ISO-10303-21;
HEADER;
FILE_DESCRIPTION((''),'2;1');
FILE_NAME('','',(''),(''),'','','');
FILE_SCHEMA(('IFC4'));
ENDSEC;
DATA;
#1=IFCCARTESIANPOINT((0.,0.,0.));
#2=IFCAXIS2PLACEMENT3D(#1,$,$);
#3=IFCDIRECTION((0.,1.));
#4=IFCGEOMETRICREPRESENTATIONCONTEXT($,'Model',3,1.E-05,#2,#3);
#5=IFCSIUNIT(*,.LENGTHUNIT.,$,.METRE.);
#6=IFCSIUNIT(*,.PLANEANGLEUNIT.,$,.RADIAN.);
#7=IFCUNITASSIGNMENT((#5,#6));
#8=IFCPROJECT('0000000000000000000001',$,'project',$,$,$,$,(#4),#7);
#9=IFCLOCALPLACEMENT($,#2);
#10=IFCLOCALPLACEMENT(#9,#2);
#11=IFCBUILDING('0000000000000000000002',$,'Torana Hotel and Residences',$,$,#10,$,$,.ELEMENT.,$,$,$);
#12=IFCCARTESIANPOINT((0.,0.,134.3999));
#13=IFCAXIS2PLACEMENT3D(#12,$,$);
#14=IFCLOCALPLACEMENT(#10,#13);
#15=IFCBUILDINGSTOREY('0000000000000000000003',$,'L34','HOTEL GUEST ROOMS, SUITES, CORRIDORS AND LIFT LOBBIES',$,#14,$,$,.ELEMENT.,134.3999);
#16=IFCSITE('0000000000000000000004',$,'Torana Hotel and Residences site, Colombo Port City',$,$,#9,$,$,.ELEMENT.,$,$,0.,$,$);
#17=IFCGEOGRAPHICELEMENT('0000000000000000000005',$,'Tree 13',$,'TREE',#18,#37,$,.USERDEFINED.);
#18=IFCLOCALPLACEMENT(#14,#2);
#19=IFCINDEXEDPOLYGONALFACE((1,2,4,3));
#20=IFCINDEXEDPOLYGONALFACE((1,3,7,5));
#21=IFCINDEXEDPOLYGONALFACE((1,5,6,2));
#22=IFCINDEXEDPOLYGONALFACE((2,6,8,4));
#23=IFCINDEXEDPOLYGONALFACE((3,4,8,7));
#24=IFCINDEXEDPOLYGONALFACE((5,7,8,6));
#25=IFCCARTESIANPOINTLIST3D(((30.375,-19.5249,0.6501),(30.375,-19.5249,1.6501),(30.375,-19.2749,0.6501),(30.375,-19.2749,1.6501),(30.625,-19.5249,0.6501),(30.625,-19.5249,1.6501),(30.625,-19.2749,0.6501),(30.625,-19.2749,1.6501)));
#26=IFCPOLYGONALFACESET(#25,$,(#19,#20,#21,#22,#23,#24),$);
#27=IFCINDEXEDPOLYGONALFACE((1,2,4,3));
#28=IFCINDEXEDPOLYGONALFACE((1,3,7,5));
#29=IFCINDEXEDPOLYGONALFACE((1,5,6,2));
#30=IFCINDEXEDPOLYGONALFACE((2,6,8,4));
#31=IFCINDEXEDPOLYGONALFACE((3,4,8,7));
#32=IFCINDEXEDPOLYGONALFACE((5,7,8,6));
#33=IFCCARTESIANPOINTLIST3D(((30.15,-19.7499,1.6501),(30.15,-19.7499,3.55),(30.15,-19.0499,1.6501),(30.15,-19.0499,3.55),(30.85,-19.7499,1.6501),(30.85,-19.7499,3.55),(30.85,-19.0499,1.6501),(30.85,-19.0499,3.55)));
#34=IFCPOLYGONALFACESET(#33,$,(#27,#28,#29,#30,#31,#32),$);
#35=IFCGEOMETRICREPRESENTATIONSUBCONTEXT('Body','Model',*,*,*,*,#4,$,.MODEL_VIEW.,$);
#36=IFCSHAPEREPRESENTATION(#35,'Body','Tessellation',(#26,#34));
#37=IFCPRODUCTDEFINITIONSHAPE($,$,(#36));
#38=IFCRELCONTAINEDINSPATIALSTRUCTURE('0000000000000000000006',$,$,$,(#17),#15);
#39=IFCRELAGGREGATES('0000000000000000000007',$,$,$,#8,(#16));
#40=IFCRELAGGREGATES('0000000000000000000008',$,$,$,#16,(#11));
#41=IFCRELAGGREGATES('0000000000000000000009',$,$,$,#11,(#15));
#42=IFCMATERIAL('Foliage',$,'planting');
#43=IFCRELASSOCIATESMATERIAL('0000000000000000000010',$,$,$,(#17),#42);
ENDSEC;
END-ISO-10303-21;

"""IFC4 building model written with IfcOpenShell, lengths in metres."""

from ifc_helpers import new_model, si_unit, direction, frame, origin, origin_2d, place, context, subcontext, project, spatial, rectangle, extrude, material, element, save


model = new_model("IFC4")

# Units and contexts
model_context = context("Model", 3, precision=1e-05, world=origin(), true_north=direction((0.0, 1.0)))
body_context = subcontext(model_context, "Body", "Model", "MODEL_VIEW")
ifc_project = project(units=[si_unit("LENGTHUNIT", "METRE"), si_unit("PLANEANGLEUNIT", "RADIAN")], contexts=[model_context])

# Site, building, storey
site_placement = place(None, origin())
site = spatial("IfcSite", under=ifc_project, at=site_placement, Name="Torana Hotel and Residences site, Colombo Port City", CompositionType="ELEMENT", RefElevation=0.0)
building_placement = place(site_placement, origin())
building = spatial("IfcBuilding", under=site, at=building_placement, Name="Torana Hotel and Residences", CompositionType="ELEMENT")
storey_placement = place(building_placement, frame((0.0, 0.0, 134.3999)))
storey = spatial("IfcBuildingStorey", under=building, at=storey_placement, Name="L34", Description="HOTEL GUEST ROOMS, SUITES, CORRIDORS AND LIFT LOBBIES", CompositionType="ELEMENT", Elevation=134.3999)

# Geographic element
ifc_material_1 = material(Name="Foliage", Category="planting")
geographic_element_placement = place(storey_placement, frame((30.5, -19.3999, 0.6501), z_axis=(0.0, 0.0, 1.0), x_axis=(1.0, 0.0, 0.0)))
element("IfcGeographicElement", 1, at=geographic_element_placement, inside=storey, material=ifc_material_1, Name="Tree 13", ObjectType="TREE", PredefinedType="USERDEFINED", context=body_context, shape_type="SweptSolid", body=[
    extrude(rectangle(XDim=0.25, YDim=0.25, at=origin_2d()), origin(), (0.0, 0.0, 1.0), 1.0),
    extrude(rectangle(XDim=0.7, YDim=0.7, at=origin_2d()), frame((0.0, 0.0, 1.0)), (0.0, 0.0, 1.0), 1.8999),
])

save(model, "model.ifc")
